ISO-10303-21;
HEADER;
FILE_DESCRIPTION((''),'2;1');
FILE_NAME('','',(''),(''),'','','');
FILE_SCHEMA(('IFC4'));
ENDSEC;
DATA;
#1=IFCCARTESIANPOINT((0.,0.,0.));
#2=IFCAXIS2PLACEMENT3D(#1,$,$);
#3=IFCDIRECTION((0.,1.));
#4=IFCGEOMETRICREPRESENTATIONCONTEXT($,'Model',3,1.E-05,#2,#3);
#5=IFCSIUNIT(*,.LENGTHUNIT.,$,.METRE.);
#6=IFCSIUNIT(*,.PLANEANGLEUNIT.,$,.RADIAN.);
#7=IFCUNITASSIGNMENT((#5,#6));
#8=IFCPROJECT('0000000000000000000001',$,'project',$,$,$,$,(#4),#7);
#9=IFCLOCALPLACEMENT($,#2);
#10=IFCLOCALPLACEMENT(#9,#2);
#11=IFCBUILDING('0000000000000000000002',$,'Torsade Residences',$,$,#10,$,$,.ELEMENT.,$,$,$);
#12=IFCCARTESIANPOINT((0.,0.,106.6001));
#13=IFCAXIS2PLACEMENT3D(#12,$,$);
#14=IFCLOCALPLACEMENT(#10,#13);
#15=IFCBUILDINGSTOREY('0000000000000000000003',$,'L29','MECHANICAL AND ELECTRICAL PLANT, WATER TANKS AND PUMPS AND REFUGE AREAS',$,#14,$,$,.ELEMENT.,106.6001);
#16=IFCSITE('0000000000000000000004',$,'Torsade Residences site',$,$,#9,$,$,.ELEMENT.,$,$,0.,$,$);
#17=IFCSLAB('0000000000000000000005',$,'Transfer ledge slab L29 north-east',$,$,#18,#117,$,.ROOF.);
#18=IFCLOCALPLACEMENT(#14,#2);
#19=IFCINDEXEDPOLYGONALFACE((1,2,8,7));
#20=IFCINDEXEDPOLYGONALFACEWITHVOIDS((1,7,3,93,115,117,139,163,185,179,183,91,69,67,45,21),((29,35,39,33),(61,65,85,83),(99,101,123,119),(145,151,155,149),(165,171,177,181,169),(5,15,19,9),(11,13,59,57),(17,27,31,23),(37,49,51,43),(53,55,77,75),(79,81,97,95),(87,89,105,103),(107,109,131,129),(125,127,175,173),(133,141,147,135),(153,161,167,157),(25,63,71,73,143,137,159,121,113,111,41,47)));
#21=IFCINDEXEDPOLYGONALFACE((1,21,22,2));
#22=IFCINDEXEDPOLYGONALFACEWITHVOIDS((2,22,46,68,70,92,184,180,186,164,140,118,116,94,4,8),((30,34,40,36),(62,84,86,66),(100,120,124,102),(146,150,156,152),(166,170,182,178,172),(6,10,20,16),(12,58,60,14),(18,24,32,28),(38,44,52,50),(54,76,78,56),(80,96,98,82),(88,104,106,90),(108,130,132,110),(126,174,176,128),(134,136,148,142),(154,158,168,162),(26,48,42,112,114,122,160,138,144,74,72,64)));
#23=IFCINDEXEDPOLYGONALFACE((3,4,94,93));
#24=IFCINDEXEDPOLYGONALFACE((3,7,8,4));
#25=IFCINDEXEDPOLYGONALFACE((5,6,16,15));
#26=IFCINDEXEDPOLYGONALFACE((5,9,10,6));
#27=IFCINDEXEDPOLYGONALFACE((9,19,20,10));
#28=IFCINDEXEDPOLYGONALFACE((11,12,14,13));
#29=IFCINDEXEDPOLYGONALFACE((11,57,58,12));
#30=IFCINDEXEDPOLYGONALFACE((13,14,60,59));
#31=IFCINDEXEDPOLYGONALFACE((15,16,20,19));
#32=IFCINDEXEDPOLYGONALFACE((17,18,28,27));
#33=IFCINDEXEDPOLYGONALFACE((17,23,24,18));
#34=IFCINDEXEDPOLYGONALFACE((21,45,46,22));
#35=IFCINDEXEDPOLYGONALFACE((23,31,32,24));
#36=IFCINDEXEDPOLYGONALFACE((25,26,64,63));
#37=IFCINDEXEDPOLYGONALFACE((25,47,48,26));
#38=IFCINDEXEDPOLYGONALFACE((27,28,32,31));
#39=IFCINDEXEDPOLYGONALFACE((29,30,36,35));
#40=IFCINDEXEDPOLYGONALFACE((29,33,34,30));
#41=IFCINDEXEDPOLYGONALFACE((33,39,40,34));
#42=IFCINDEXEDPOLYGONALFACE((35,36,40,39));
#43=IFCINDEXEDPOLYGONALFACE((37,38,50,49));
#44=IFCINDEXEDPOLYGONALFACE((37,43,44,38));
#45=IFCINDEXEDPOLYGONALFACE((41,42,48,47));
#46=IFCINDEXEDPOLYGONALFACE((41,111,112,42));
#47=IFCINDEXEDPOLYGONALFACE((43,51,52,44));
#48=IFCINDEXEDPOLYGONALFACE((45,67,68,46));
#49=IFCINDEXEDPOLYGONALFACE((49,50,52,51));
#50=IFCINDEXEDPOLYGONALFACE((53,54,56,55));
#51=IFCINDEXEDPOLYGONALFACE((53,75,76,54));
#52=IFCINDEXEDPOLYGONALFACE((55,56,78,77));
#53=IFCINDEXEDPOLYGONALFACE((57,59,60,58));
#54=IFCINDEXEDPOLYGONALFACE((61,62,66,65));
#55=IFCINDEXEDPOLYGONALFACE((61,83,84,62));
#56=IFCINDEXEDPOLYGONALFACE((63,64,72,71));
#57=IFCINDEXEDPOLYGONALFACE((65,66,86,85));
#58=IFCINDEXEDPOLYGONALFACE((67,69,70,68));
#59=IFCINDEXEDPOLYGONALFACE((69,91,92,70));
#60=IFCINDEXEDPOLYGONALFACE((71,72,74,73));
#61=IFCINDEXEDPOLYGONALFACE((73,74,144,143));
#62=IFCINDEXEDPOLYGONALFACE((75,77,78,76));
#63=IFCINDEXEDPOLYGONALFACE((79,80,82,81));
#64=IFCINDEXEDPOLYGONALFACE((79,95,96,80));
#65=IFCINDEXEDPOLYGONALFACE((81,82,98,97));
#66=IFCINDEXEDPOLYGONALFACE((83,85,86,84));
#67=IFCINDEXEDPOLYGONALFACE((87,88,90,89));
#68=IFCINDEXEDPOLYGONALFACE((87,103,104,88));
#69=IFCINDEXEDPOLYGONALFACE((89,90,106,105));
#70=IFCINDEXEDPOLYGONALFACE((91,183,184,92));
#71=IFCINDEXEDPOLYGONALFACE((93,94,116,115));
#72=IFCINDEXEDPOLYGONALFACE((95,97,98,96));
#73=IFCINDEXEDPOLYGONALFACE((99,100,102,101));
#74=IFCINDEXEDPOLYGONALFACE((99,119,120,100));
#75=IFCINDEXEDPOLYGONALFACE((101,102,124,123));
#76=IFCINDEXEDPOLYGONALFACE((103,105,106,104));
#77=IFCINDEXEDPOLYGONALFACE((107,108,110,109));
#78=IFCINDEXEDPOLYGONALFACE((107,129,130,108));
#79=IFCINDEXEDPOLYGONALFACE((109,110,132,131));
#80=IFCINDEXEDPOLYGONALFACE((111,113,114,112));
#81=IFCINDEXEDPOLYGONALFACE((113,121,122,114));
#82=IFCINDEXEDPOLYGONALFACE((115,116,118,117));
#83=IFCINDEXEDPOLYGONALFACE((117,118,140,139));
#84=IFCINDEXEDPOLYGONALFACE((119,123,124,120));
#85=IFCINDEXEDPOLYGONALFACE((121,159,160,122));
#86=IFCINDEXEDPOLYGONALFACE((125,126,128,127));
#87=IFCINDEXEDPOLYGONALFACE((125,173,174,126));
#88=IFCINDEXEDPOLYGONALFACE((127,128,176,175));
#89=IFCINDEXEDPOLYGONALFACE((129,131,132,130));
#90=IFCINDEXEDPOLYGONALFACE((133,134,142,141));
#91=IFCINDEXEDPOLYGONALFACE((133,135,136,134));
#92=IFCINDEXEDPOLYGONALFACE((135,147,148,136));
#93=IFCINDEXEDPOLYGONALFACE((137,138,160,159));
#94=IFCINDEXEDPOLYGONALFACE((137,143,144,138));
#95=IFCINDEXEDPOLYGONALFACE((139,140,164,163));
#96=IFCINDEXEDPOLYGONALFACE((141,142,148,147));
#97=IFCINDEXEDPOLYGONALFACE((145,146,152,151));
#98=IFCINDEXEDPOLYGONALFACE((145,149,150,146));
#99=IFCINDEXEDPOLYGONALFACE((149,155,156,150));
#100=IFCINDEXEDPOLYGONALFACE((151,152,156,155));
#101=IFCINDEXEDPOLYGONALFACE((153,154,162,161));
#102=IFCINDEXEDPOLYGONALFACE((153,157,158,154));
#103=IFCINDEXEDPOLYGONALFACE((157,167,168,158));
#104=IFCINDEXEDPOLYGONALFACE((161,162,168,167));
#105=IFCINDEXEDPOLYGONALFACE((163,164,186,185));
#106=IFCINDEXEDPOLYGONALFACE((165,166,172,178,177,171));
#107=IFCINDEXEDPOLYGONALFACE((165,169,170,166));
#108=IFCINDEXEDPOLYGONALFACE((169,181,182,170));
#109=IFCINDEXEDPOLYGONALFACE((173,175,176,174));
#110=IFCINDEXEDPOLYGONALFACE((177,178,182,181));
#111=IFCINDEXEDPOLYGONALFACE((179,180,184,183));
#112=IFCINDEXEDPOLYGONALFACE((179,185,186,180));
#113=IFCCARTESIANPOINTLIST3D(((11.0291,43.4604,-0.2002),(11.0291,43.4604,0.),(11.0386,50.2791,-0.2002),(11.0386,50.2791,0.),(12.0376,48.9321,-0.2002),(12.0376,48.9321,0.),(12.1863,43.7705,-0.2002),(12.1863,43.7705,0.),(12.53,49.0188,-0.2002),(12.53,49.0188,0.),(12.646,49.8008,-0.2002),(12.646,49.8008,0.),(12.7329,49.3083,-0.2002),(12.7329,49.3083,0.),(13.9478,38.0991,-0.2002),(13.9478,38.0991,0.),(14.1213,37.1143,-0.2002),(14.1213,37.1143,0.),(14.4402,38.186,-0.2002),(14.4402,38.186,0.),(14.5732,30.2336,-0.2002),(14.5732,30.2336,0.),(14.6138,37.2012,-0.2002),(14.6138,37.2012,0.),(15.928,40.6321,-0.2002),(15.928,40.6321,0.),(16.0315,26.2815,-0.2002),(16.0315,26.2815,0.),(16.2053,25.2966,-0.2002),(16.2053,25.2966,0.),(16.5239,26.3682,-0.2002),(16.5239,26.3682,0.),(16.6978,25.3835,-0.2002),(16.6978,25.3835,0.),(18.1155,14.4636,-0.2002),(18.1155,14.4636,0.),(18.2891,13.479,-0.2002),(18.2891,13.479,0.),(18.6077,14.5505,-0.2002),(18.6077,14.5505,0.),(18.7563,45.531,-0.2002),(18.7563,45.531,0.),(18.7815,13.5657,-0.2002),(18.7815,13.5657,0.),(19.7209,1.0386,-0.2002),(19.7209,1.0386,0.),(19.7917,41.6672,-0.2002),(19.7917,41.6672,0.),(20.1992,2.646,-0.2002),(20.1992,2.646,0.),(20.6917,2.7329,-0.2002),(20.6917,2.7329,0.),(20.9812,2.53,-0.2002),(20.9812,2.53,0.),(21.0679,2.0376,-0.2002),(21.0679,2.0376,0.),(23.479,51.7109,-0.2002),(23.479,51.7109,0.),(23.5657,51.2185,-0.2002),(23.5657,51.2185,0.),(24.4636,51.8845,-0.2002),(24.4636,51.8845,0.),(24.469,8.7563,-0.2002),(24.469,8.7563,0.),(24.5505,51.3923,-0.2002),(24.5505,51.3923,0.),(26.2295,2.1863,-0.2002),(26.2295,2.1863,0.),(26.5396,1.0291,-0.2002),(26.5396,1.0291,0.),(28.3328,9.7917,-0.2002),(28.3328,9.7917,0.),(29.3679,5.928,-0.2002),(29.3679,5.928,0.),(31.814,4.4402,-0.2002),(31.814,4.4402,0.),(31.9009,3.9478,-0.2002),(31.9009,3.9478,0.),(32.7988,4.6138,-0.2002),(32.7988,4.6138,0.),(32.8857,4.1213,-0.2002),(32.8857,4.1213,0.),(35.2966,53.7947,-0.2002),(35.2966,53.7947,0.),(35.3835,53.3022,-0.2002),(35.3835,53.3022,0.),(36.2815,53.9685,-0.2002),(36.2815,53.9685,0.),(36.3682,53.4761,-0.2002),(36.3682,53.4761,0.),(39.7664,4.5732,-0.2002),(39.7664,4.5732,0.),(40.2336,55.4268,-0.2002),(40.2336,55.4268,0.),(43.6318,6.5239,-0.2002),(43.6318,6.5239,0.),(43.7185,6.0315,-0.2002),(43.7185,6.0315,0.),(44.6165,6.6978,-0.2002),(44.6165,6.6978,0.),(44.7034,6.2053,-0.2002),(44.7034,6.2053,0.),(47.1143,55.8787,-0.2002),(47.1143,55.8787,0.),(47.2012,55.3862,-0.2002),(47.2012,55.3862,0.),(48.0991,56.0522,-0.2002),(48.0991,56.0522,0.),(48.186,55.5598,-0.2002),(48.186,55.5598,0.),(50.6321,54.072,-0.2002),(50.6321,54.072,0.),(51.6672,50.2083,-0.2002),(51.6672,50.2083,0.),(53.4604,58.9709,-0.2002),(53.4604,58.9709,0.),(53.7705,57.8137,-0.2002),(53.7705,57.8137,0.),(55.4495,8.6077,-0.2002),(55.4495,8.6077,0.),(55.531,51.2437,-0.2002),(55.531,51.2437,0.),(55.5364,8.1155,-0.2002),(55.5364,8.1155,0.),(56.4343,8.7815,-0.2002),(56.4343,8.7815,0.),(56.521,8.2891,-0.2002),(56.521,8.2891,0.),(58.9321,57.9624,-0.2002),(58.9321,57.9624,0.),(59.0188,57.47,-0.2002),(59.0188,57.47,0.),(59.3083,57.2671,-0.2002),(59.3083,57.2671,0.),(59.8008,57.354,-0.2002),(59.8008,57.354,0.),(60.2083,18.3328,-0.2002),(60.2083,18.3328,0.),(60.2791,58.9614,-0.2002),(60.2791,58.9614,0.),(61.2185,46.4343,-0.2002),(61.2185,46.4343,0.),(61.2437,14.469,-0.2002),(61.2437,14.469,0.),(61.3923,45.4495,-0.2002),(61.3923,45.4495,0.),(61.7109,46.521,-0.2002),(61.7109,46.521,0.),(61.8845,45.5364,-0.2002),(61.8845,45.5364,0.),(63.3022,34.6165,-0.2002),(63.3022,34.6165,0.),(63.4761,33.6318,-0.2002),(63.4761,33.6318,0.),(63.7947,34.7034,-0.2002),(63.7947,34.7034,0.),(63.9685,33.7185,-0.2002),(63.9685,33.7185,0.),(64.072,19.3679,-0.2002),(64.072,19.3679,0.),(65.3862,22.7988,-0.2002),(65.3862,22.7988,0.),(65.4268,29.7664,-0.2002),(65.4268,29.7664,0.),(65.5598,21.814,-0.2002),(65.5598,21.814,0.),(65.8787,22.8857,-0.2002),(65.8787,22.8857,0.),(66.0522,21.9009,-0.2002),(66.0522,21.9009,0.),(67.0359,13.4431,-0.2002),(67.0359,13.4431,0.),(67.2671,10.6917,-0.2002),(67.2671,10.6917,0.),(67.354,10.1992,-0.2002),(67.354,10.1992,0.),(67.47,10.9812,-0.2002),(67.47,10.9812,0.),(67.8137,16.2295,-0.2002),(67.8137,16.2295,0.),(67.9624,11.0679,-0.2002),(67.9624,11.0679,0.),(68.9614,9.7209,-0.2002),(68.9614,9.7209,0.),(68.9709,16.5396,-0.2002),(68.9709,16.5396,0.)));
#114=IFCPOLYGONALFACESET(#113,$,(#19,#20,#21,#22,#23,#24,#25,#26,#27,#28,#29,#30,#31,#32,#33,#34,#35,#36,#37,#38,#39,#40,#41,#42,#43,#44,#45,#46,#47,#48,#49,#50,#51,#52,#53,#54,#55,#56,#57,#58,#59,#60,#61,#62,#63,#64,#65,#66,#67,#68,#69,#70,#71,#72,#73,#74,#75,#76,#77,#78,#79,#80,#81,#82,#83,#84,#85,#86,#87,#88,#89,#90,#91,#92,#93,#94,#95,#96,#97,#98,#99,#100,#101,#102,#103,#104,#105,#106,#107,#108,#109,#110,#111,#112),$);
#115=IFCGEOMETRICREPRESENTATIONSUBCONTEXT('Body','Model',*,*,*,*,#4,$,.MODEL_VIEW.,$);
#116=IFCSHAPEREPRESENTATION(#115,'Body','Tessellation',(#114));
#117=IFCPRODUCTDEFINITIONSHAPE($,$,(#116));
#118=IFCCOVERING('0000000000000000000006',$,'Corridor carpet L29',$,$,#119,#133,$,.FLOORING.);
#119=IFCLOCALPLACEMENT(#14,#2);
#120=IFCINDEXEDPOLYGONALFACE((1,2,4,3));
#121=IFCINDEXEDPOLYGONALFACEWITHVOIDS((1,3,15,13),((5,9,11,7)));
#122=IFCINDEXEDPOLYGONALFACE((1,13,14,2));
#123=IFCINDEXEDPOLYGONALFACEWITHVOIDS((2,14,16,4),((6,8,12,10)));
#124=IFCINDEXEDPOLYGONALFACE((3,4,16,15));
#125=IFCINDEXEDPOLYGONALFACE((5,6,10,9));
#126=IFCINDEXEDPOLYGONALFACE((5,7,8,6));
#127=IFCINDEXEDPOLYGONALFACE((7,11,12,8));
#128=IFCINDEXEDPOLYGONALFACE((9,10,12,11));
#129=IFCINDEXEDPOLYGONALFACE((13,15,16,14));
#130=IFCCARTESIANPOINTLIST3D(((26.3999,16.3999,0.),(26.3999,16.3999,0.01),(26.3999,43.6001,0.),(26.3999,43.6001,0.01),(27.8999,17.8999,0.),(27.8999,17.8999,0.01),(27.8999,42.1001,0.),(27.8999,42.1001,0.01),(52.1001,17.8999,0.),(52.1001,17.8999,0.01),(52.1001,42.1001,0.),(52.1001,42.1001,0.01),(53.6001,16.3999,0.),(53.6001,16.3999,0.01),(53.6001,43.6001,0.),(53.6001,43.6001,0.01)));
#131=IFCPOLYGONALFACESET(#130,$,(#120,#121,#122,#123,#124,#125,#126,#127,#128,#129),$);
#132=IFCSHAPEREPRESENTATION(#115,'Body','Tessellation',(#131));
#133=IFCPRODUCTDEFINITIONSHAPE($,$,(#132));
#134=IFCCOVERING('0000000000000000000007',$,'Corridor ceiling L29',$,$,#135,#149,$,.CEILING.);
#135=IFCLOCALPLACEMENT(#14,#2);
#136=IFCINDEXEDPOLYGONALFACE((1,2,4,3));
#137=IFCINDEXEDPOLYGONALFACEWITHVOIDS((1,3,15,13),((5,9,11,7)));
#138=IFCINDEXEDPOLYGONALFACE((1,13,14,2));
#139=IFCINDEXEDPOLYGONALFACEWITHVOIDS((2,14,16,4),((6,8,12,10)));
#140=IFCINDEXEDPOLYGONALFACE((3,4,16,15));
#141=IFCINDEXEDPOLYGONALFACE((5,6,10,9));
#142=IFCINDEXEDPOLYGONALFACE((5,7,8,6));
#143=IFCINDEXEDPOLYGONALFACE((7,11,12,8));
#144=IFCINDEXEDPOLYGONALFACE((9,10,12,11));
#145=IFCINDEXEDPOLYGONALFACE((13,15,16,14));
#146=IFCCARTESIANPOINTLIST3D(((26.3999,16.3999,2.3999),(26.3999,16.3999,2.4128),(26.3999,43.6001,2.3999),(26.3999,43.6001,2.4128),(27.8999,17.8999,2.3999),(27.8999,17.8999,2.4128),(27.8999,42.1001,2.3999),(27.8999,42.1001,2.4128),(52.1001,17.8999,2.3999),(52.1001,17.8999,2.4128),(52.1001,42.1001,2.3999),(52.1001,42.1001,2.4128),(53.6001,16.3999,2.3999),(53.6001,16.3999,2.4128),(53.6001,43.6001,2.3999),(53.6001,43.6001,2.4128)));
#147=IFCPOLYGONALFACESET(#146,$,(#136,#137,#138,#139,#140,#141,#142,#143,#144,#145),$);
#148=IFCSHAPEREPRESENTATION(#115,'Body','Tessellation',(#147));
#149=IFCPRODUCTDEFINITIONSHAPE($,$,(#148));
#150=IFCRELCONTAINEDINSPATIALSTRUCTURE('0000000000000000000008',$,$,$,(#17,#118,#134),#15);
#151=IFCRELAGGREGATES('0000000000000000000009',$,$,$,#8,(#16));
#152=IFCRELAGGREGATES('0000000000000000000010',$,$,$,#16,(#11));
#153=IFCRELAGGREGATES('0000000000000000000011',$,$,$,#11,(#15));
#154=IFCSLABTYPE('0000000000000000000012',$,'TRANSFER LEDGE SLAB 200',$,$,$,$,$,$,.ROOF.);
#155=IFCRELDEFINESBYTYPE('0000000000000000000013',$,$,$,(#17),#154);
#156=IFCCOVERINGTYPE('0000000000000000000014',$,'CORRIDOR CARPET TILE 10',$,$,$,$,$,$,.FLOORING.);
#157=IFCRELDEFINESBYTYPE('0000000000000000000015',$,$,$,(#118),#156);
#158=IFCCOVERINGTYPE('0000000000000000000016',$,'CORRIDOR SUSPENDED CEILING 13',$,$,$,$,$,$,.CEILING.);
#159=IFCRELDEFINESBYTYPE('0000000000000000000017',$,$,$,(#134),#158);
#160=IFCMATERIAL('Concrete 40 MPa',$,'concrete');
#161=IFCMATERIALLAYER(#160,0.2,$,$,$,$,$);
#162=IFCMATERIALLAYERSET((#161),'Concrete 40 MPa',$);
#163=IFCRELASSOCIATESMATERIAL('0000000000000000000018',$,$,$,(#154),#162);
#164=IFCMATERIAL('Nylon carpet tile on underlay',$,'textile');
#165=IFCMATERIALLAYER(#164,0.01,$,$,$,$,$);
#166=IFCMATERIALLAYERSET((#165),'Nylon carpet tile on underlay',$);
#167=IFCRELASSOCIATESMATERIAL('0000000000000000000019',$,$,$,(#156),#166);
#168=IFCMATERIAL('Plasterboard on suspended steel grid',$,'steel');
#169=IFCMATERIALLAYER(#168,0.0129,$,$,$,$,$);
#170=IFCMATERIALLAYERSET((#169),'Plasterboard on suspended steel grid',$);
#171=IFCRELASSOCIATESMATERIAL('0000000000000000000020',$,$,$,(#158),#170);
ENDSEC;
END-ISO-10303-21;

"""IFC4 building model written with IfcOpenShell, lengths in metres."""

from ifc_helpers import new_model, si_unit, direction, frame, origin, place, context, subcontext, project, spatial, polyline, outline, extrude, material, layer, layer_set, type_object, element, save


model = new_model("IFC4")

# Units and contexts
model_context = context("Model", 3, precision=1e-05, world=origin(), true_north=direction((0.0, 1.0)))
body_context = subcontext(model_context, "Body", "Model", "MODEL_VIEW")
ifc_project = project(units=[si_unit("LENGTHUNIT", "METRE"), si_unit("PLANEANGLEUNIT", "RADIAN")], contexts=[model_context])

# Site, building, storey
site_placement = place(None, origin())
site = spatial("IfcSite", under=ifc_project, at=site_placement, Name="Torsade Residences site", CompositionType="ELEMENT", RefElevation=0.0)
building_placement = place(site_placement, origin())
building = spatial("IfcBuilding", under=site, at=building_placement, Name="Torsade Residences", CompositionType="ELEMENT")
storey_placement = place(building_placement, frame((0.0, 0.0, 106.6001)))
storey = spatial("IfcBuildingStorey", under=building, at=storey_placement, Name="L29", Description="MECHANICAL AND ELECTRICAL PLANT, WATER TANKS AND PUMPS AND REFUGE AREAS", CompositionType="ELEMENT", Elevation=106.6001)

# Slab
ifc_material_1 = material(Name="Concrete 40 MPa", Category="concrete")
ifc_layer_1 = layer(ifc_material_1, 0.2)
ifc_layer_set_1 = layer_set([ifc_layer_1], Name="Concrete 40 MPa")
slab_type_1 = type_object("IfcSlabType", Name="TRANSFER LEDGE SLAB 200", PredefinedType="ROOF", material=ifc_layer_set_1)
slab_1_placement = place(storey_placement, frame((0.0, 0.0, -0.2002)))
element("IfcSlab", 1, at=slab_1_placement, inside=storey, type_object=slab_type_1, Name="Transfer ledge slab L29 north-east", PredefinedType="ROOF", context=body_context, shape_type="SweptSolid", body=[
    extrude(outline(polyline([(14.5732, 30.2336), (19.7209, 1.0386), (26.2295, 2.1863), (26.5396, 1.0291), (39.7664, 4.5732), (68.9614, 9.7209), (67.8137, 16.2295), (68.9709, 16.5396), (65.4268, 29.7664), (60.2791, 58.9614), (53.7705, 57.8137), (53.4604, 58.9709), (40.2336, 55.4268), (11.0386, 50.2791), (12.1863, 43.7705), (11.0291, 43.4604), (14.5732, 30.2336)]), holes=[polyline([(65.5598, 21.814), (67.47, 10.9812), (67.9624, 11.0679), (66.0522, 21.9009), (65.5598, 21.814)]), polyline([(56.4343, 8.7815), (56.521, 8.2891), (67.354, 10.1992), (67.2671, 10.6917), (56.4343, 8.7815)]), polyline([(65.7217, 13.2114), (67.0359, 13.4431), (65.7217, 13.2114), (65.7217, 13.2114)]), polyline([(65.3862, 22.7988), (65.8787, 22.8857), (63.9685, 33.7185), (63.4761, 33.6318), (65.3862, 22.7988)]), polyline([(60.2083, 18.3328), (64.072, 19.3679), (55.531, 51.2437), (51.6672, 50.2083), (50.6321, 54.072), (18.7563, 45.531), (19.7917, 41.6672), (15.928, 40.6321), (24.469, 8.7563), (28.3328, 9.7917), (29.3679, 5.928), (61.2437, 14.469), (60.2083, 18.3328)]), polyline([(63.3022, 34.6165), (63.7947, 34.7034), (61.8845, 45.5364), (61.3923, 45.4495), (63.3022, 34.6165)]), polyline([(61.2185, 46.4343), (61.7109, 46.521), (59.8008, 57.354), (59.3083, 57.2671), (61.2185, 46.4343)]), polyline([(59.0188, 57.47), (58.9321, 57.9624), (48.0991, 56.0522), (48.186, 55.5598), (59.0188, 57.47)]), polyline([(44.6165, 6.6978), (44.7034, 6.2053), (55.5364, 8.1155), (55.4495, 8.6077), (44.6165, 6.6978)]), polyline([(47.2012, 55.3862), (47.1143, 55.8787), (36.2815, 53.9685), (36.3682, 53.4761), (47.2012, 55.3862)]), polyline([(32.7988, 4.6138), (32.8857, 4.1213), (43.7185, 6.0315), (43.6318, 6.5239), (32.7988, 4.6138)]), polyline([(35.3835, 53.3022), (35.2966, 53.7947), (24.4636, 51.8845), (24.5505, 51.3923), (35.3835, 53.3022)]), polyline([(20.9812, 2.53), (21.0679, 2.0376), (31.9009, 3.9478), (31.814, 4.4402), (20.9812, 2.53)]), polyline([(23.5657, 51.2185), (23.479, 51.7109), (12.646, 49.8008), (12.7329, 49.3083), (23.5657, 51.2185)]), polyline([(18.7815, 13.5657), (18.2891, 13.479), (20.1992, 2.646), (20.6917, 2.7329), (18.7815, 13.5657)]), polyline([(16.6978, 25.3835), (16.2053, 25.2966), (18.1155, 14.4636), (18.6077, 14.5505), (16.6978, 25.3835)]), polyline([(14.6138, 37.2012), (14.1213, 37.1143), (16.0315, 26.2815), (16.5239, 26.3682), (14.6138, 37.2012)]), polyline([(12.53, 49.0188), (12.0376, 48.9321), (13.9478, 38.0991), (14.4402, 38.186), (12.53, 49.0188)])]), origin(), (0.0, 0.0, 1.0), 0.2002),
])

# Coverings
ifc_material_2 = material(Name="Nylon carpet tile on underlay", Category="textile")
ifc_layer_2 = layer(ifc_material_2, 0.01)
ifc_layer_set_2 = layer_set([ifc_layer_2], Name="Nylon carpet tile on underlay")
covering_type_1 = type_object("IfcCoveringType", Name="CORRIDOR CARPET TILE 10", PredefinedType="FLOORING", material=ifc_layer_set_2)
covering_1_placement = place(storey_placement, origin())
element("IfcCovering", 2, at=covering_1_placement, inside=storey, type_object=covering_type_1, Name="Corridor carpet L29", PredefinedType="FLOORING", context=body_context, shape_type="SweptSolid", body=[
    extrude(outline(polyline([(26.3999, 16.3999), (53.6001, 16.3999), (53.6001, 43.6001), (26.3999, 43.6001), (26.3999, 16.3999)]), holes=[polyline([(27.8999, 42.1001), (27.8999, 17.8999), (52.1001, 17.8999), (52.1001, 42.1001), (27.8999, 42.1001)])]), origin(), (0.0, 0.0, 1.0), 0.01),
])
ifc_material_3 = material(Name="Plasterboard on suspended steel grid", Category="steel")
ifc_layer_3 = layer(ifc_material_3, 0.0129)
ifc_layer_set_3 = layer_set([ifc_layer_3], Name="Plasterboard on suspended steel grid")
covering_type_2 = type_object("IfcCoveringType", Name="CORRIDOR SUSPENDED CEILING 13", PredefinedType="CEILING", material=ifc_layer_set_3)
covering_2_placement = place(storey_placement, frame((0.0, 0.0, 2.3999)))
element("IfcCovering", 3, at=covering_2_placement, inside=storey, type_object=covering_type_2, Name="Corridor ceiling L29", PredefinedType="CEILING", context=body_context, shape_type="SweptSolid", body=[
    extrude(outline(polyline([(26.3999, 16.3999), (53.6001, 16.3999), (53.6001, 43.6001), (26.3999, 43.6001), (26.3999, 16.3999)]), holes=[polyline([(27.8999, 42.1001), (27.8999, 17.8999), (52.1001, 17.8999), (52.1001, 42.1001), (27.8999, 42.1001)])]), origin(), (0.0, 0.0, 1.0), 0.0129),
])

save(model, "model.ifc")
